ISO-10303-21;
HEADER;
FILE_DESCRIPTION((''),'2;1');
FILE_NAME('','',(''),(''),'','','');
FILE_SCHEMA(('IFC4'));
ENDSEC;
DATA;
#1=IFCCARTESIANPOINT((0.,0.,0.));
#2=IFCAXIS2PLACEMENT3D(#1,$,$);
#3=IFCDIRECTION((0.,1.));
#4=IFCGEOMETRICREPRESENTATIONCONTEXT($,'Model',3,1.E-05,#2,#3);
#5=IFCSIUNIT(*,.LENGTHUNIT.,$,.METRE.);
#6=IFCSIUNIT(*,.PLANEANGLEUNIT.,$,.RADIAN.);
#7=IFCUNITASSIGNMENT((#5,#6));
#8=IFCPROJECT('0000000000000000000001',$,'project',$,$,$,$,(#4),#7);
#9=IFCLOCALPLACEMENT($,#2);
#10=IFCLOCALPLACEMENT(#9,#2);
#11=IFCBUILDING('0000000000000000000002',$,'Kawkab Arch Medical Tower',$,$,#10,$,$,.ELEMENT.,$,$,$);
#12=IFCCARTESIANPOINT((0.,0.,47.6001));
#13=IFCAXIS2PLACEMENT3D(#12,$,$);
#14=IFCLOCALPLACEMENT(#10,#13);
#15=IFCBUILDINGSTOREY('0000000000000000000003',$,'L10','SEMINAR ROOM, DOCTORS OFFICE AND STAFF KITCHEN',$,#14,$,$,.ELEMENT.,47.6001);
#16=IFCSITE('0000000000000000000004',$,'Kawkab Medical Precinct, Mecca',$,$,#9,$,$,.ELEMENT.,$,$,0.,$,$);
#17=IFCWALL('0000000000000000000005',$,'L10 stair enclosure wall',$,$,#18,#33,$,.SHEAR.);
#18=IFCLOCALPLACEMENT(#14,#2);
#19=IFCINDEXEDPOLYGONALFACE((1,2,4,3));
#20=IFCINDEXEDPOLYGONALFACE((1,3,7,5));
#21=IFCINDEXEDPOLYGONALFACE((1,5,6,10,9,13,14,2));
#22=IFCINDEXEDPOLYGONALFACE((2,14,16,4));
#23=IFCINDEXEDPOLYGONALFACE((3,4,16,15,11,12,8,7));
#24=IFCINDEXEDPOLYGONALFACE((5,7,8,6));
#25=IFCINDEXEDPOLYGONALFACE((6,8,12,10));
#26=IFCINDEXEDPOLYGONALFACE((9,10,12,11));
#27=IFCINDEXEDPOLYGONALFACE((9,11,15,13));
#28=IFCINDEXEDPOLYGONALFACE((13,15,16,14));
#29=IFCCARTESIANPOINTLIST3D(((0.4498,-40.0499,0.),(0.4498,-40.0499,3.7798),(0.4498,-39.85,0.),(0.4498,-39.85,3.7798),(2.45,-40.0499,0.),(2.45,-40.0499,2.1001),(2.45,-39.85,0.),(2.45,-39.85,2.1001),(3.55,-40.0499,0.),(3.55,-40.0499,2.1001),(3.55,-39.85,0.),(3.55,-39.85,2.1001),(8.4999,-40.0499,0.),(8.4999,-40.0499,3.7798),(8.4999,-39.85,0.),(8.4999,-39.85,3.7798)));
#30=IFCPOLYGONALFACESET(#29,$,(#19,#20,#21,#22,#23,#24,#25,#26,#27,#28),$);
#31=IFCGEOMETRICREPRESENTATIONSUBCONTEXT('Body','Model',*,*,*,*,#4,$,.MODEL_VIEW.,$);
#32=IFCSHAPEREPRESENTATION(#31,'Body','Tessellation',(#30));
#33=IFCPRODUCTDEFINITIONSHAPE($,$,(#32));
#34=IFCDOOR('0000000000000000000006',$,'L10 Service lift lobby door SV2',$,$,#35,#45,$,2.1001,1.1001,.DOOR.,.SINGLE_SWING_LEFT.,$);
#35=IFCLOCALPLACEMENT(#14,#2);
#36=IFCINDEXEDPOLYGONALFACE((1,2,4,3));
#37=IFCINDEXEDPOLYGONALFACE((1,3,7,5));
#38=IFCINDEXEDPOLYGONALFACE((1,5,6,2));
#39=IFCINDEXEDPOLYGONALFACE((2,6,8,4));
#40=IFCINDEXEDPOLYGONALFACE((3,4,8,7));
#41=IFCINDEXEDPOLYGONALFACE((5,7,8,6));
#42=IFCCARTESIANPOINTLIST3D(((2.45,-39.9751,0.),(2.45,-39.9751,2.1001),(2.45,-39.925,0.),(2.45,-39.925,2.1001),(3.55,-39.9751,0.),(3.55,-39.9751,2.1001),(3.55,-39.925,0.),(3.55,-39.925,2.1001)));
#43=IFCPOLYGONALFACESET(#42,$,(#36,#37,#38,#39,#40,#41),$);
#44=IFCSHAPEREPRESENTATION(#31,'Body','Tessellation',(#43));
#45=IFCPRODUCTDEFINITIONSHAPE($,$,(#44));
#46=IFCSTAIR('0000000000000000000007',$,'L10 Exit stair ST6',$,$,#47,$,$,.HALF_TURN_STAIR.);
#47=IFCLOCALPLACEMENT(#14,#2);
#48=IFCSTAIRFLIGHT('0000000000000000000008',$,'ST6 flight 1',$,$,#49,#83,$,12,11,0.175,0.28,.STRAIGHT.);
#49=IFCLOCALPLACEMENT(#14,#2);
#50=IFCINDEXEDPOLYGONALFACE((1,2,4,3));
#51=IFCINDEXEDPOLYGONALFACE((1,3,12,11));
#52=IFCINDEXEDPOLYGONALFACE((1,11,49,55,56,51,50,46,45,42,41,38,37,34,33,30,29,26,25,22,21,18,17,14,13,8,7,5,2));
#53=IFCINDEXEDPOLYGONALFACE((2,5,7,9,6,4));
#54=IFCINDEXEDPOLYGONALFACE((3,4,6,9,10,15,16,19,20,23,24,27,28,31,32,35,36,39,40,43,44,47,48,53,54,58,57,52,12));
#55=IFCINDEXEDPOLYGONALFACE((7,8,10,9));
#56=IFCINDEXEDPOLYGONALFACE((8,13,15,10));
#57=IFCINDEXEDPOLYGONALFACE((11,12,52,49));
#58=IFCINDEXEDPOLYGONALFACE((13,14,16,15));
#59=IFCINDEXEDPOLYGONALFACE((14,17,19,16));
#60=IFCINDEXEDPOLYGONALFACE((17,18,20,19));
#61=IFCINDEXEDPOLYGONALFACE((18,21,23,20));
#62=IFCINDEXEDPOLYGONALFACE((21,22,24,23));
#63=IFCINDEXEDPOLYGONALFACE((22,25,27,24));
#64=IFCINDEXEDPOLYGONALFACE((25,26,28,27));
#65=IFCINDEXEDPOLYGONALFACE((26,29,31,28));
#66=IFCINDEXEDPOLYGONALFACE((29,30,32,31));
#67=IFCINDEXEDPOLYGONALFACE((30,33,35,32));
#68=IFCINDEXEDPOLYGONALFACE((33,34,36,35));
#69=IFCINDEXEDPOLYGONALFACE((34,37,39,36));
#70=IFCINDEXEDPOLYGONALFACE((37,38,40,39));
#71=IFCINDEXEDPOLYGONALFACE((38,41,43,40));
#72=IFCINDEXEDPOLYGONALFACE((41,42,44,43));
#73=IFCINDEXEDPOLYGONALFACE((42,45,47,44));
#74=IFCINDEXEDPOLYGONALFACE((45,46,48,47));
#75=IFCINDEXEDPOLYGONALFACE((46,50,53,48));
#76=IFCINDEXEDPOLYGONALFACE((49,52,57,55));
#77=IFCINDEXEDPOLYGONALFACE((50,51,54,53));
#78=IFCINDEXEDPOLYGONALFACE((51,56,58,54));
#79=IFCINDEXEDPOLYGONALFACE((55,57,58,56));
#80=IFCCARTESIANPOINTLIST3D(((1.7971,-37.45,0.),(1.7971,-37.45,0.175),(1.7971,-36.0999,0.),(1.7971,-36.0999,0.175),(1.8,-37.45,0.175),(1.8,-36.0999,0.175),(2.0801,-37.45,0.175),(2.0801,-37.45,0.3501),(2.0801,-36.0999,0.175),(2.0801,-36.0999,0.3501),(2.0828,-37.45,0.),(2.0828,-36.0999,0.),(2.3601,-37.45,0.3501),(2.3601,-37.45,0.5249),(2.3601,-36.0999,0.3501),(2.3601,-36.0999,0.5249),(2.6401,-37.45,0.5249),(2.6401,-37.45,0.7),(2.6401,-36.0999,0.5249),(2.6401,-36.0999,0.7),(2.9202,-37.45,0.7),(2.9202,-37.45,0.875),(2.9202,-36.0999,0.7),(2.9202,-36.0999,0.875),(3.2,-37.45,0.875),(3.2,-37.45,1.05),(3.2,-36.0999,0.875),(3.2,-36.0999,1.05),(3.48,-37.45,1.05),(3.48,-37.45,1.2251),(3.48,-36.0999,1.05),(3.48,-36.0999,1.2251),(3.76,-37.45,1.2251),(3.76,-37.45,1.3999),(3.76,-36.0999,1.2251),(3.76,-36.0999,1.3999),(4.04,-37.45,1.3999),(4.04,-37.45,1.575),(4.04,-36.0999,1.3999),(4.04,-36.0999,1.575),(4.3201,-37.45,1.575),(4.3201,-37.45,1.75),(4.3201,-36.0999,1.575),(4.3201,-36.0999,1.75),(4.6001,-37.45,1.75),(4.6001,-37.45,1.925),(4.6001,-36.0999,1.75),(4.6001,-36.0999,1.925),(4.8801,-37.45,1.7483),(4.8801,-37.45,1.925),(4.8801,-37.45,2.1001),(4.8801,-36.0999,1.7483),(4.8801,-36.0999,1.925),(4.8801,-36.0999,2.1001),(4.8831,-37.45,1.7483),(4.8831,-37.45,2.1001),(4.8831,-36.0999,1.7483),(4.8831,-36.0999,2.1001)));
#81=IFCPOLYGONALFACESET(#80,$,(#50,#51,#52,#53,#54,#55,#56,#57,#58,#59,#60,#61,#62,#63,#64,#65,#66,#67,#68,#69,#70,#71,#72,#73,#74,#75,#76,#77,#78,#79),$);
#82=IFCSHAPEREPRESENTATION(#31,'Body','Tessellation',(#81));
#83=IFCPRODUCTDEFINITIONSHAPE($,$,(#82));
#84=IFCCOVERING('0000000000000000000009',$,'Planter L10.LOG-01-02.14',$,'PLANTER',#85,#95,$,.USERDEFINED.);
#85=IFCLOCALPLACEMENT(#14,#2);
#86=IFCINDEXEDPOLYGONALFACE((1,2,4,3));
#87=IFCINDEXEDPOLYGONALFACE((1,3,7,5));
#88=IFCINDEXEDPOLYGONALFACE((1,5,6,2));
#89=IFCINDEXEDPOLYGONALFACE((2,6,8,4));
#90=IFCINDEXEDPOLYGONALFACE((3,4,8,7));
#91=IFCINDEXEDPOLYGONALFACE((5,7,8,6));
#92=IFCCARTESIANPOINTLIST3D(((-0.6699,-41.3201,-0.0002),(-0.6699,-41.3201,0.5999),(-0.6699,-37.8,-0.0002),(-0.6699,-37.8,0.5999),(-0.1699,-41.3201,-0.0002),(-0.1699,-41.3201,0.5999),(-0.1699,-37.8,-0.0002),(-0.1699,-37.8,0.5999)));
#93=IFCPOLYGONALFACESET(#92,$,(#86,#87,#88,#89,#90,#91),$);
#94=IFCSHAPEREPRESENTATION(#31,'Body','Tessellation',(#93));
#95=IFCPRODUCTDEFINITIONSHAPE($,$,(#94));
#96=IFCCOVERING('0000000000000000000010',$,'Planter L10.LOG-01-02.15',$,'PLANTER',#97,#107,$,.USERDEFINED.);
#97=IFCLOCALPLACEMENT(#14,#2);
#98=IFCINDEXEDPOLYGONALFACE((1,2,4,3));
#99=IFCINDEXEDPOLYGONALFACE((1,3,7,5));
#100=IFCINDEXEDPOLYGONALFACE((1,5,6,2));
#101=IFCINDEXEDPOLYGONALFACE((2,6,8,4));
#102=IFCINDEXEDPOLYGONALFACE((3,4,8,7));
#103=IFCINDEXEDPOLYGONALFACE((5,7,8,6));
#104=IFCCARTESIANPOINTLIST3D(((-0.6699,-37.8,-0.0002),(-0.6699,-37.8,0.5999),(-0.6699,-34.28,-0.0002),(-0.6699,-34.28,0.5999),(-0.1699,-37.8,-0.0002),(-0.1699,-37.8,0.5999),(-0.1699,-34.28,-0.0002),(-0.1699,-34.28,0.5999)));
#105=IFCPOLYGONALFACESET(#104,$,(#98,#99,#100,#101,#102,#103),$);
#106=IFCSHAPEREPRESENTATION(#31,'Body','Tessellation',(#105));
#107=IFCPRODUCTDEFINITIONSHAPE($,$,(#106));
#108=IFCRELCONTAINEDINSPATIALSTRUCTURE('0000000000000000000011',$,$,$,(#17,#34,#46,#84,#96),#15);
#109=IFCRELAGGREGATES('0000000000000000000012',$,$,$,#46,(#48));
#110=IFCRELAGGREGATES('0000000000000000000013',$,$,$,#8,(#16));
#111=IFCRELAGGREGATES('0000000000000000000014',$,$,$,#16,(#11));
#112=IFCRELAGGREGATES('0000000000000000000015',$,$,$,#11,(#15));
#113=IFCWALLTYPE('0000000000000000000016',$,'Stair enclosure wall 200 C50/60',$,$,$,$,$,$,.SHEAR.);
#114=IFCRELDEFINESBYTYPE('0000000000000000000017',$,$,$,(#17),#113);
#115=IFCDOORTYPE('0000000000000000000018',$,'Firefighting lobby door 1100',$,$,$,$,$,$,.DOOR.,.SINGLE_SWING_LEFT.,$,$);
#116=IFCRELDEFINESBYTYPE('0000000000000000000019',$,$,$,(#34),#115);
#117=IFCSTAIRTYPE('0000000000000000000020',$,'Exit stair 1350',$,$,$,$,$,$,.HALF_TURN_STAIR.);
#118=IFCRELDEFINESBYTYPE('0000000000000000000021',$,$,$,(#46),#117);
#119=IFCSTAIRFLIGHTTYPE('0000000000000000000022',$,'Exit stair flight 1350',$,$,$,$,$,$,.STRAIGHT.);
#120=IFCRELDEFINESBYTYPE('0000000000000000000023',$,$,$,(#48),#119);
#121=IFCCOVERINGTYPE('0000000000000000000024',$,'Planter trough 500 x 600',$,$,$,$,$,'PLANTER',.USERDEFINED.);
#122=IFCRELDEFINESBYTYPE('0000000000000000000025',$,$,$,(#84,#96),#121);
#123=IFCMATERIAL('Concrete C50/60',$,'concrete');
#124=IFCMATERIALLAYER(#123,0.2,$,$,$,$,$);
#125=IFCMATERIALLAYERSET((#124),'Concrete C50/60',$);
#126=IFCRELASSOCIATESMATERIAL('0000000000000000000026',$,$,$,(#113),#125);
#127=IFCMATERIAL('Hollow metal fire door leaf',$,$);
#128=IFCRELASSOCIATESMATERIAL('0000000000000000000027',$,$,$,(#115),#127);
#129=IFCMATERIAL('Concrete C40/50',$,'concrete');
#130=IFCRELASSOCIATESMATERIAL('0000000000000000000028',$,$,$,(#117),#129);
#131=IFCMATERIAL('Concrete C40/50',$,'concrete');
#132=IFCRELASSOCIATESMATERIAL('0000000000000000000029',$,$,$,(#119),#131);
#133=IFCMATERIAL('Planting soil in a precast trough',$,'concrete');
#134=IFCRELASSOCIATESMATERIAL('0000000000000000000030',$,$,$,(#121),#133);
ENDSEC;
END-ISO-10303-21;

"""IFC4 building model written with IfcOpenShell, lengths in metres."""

from ifc_helpers import new_model, si_unit, direction, frame, frame_2d, origin, origin_2d, place, context, subcontext, project, spatial, polyline, rectangle, outline, extrude, material, layer, layer_set, material_profile, profile_set, type_object, element, fill, aggregate, save


model = new_model("IFC4")

# Units and contexts
model_context = context("Model", 3, precision=1e-05, world=origin(), true_north=direction((0.0, 1.0)))
body_context = subcontext(model_context, "Body", "Model", "MODEL_VIEW")
ifc_project = project(units=[si_unit("LENGTHUNIT", "METRE"), si_unit("PLANEANGLEUNIT", "RADIAN")], contexts=[model_context])

# Site, building, storey
site_placement = place(None, origin())
site = spatial("IfcSite", under=ifc_project, at=site_placement, Name="Kawkab Medical Precinct, Mecca", CompositionType="ELEMENT", RefElevation=0.0)
building_placement = place(site_placement, origin())
building = spatial("IfcBuilding", under=site, at=building_placement, Name="Kawkab Arch Medical Tower", CompositionType="ELEMENT")
storey_placement = place(building_placement, frame((0.0, 0.0, 47.6001)))
storey = spatial("IfcBuildingStorey", under=building, at=storey_placement, Name="L10", Description="SEMINAR ROOM, DOCTORS OFFICE AND STAFF KITCHEN", CompositionType="ELEMENT", Elevation=47.6001)

# Shared definitions
placement = place(storey_placement, origin())

# Wall, opening, door
ifc_material_1 = material(Name="Concrete C50/60", Category="concrete")
ifc_layer_1 = layer(ifc_material_1, 0.2)
ifc_layer_set_1 = layer_set([ifc_layer_1], Name="Concrete C50/60")
wall_type_1 = type_object("IfcWallType", Name="Stair enclosure wall 200 C50/60", PredefinedType="SHEAR", material=ifc_layer_set_1)
wall_1_placement = place(storey_placement, frame((0.45, -39.95, 0.0), z_axis=(0.0, 0.0, 1.0), x_axis=(1.0, 0.0, 0.0)))
wall_1 = element("IfcWall", 1, at=wall_1_placement, inside=storey, type_object=wall_type_1, Name="L10 stair enclosure wall", PredefinedType="SHEAR", context=body_context, shape_type="SweptSolid", body=[
    extrude(rectangle(XDim=8.05, YDim=0.2, at=frame_2d((4.0249, 0.0))), origin(), (0.0, 0.0, 1.0), 3.7798),
])
opening_1_placement = place(wall_1_placement, frame((2.0, 0.0, 0.0)))
opening_1 = element("IfcOpeningElement", 2, at=opening_1_placement, cuts=wall_1, PredefinedType="OPENING", context=body_context, shape_type="SweptSolid", body=[
    extrude(rectangle(XDim=1.1001, YDim=2.1001, at=frame_2d((0.55, 1.05))), frame((0.0, 0.1099, 0.0), z_axis=(0.0, -1.0, 0.0), x_axis=(1.0, 0.0, 0.0)), (0.0, 0.0, 1.0), 0.22),
])
ifc_material_2 = material(Name="Hollow metal fire door leaf")
door_type_1 = type_object("IfcDoorType", Name="Firefighting lobby door 1100", OperationType="SINGLE_SWING_LEFT", PredefinedType="DOOR", material=ifc_material_2)
door_1_placement = place(opening_1_placement, origin())
door_1 = element("IfcDoor", 3, at=door_1_placement, inside=storey, type_object=door_type_1, Name="L10 Service lift lobby door SV2", OperationType="SINGLE_SWING_LEFT", OverallHeight=2.1001, OverallWidth=1.1001, PredefinedType="DOOR", context=body_context, shape_type="SweptSolid", body=[
    extrude(rectangle(XDim=1.1001, YDim=2.1001, at=frame_2d((0.55, 1.05))), frame((0.0, 0.0249, 0.0), z_axis=(0.0, -1.0, 0.0), x_axis=(1.0, 0.0, 0.0)), (0.0, 0.0, 1.0), 0.05),
])
fill(opening_1, door_1)

# Stair, stair flight
ifc_material_3 = material(Name="Concrete C40/50", Category="concrete")
stair_type = type_object("IfcStairType", Name="Exit stair 1350", PredefinedType="HALF_TURN_STAIR", material=ifc_material_3)
stair = element("IfcStair", 4, at=placement, inside=storey, type_object=stair_type, Name="L10 Exit stair ST6", PredefinedType="HALF_TURN_STAIR")
ifc_material_4 = material(Name="Concrete C40/50", Category="concrete")
stair_flight_type = type_object("IfcStairFlightType", Name="Exit stair flight 1350", PredefinedType="STRAIGHT", material=ifc_material_4)
stair_flight_placement = place(storey_placement, frame((1.8, -36.7749, 0.0), z_axis=(0.0, 0.0, 1.0), x_axis=(1.0, 0.0, 0.0)))
stair_flight = element("IfcStairFlight", 5, at=stair_flight_placement, type_object=stair_flight_type, Name="ST6 flight 1", NumberOfRisers=12, NumberOfTreads=11, PredefinedType="STRAIGHT", RiserHeight=0.175, TreadLength=0.28, context=body_context, shape_type="SweptSolid", body=[
    extrude(outline(polyline([(-0.0029, 0.0), (-0.0029, 0.175), (0.0, 0.175), (0.28, 0.175), (0.28, 0.3501), (0.5601, 0.3501), (0.5601, 0.5249), (0.8401, 0.5249), (0.8401, 0.7), (1.1201, 0.7), (1.1201, 0.875), (1.3999, 0.875), (1.3999, 1.05), (1.6799, 1.05), (1.6799, 1.2251), (1.96, 1.2251), (1.96, 1.3999), (2.24, 1.3999), (2.24, 1.575), (2.52, 1.575), (2.52, 1.75), (2.8, 1.75), (2.8, 1.925), (3.0801, 1.925), (3.0801, 2.1001), (3.083, 2.1001), (3.083, 1.7483), (3.0801, 1.7483), (0.2827, 0.0), (-0.0029, 0.0)])), frame((0.0, 0.675, 0.0), z_axis=(0.0, -1.0, 0.0), x_axis=(1.0, 0.0, 0.0)), (0.0, 0.0, 1.0), 1.3501),
])
aggregate(stair, [stair_flight])

# Coverings
ifc_material_5 = material(Name="Planting soil in a precast trough", Category="concrete")
ifc_material_profile_1 = material_profile(ifc_material_5, rectangle(XDim=0.5, YDim=0.6001, at=origin_2d()), Name="Trough 500x600")
ifc_profile_set_1 = profile_set([ifc_material_profile_1], Name="Planting soil in a precast trough")
covering_type = type_object("IfcCoveringType", Name="Planter trough 500 x 600", ElementType="PLANTER", PredefinedType="USERDEFINED", material=ifc_profile_set_1)
for number, where, z_axis, x_axis, name in (
    (6, (-0.4199, -41.3201, 0.2998), (0.0, 1.0, 0.0), (-1.0, 0.0, 0.0), "Planter L10.LOG-01-02.14"),
    (7, (-0.4199, -37.8, 0.2998), (0.0, 1.0, 0.0), (-1.0, 0.0, 0.0), "Planter L10.LOG-01-02.15"),
):
    element("IfcCovering", number, at=place(storey_placement, frame(where, z_axis=z_axis, x_axis=x_axis)), inside=storey, type_object=covering_type, Name=name, ObjectType="PLANTER", PredefinedType="USERDEFINED", context=body_context, shape_type="SweptSolid", body=[
        extrude(rectangle(XDim=0.5, YDim=0.6001, at=origin_2d()), origin(), (0.0, 0.0, 1.0), 3.52),
    ])

save(model, "model.ifc")
